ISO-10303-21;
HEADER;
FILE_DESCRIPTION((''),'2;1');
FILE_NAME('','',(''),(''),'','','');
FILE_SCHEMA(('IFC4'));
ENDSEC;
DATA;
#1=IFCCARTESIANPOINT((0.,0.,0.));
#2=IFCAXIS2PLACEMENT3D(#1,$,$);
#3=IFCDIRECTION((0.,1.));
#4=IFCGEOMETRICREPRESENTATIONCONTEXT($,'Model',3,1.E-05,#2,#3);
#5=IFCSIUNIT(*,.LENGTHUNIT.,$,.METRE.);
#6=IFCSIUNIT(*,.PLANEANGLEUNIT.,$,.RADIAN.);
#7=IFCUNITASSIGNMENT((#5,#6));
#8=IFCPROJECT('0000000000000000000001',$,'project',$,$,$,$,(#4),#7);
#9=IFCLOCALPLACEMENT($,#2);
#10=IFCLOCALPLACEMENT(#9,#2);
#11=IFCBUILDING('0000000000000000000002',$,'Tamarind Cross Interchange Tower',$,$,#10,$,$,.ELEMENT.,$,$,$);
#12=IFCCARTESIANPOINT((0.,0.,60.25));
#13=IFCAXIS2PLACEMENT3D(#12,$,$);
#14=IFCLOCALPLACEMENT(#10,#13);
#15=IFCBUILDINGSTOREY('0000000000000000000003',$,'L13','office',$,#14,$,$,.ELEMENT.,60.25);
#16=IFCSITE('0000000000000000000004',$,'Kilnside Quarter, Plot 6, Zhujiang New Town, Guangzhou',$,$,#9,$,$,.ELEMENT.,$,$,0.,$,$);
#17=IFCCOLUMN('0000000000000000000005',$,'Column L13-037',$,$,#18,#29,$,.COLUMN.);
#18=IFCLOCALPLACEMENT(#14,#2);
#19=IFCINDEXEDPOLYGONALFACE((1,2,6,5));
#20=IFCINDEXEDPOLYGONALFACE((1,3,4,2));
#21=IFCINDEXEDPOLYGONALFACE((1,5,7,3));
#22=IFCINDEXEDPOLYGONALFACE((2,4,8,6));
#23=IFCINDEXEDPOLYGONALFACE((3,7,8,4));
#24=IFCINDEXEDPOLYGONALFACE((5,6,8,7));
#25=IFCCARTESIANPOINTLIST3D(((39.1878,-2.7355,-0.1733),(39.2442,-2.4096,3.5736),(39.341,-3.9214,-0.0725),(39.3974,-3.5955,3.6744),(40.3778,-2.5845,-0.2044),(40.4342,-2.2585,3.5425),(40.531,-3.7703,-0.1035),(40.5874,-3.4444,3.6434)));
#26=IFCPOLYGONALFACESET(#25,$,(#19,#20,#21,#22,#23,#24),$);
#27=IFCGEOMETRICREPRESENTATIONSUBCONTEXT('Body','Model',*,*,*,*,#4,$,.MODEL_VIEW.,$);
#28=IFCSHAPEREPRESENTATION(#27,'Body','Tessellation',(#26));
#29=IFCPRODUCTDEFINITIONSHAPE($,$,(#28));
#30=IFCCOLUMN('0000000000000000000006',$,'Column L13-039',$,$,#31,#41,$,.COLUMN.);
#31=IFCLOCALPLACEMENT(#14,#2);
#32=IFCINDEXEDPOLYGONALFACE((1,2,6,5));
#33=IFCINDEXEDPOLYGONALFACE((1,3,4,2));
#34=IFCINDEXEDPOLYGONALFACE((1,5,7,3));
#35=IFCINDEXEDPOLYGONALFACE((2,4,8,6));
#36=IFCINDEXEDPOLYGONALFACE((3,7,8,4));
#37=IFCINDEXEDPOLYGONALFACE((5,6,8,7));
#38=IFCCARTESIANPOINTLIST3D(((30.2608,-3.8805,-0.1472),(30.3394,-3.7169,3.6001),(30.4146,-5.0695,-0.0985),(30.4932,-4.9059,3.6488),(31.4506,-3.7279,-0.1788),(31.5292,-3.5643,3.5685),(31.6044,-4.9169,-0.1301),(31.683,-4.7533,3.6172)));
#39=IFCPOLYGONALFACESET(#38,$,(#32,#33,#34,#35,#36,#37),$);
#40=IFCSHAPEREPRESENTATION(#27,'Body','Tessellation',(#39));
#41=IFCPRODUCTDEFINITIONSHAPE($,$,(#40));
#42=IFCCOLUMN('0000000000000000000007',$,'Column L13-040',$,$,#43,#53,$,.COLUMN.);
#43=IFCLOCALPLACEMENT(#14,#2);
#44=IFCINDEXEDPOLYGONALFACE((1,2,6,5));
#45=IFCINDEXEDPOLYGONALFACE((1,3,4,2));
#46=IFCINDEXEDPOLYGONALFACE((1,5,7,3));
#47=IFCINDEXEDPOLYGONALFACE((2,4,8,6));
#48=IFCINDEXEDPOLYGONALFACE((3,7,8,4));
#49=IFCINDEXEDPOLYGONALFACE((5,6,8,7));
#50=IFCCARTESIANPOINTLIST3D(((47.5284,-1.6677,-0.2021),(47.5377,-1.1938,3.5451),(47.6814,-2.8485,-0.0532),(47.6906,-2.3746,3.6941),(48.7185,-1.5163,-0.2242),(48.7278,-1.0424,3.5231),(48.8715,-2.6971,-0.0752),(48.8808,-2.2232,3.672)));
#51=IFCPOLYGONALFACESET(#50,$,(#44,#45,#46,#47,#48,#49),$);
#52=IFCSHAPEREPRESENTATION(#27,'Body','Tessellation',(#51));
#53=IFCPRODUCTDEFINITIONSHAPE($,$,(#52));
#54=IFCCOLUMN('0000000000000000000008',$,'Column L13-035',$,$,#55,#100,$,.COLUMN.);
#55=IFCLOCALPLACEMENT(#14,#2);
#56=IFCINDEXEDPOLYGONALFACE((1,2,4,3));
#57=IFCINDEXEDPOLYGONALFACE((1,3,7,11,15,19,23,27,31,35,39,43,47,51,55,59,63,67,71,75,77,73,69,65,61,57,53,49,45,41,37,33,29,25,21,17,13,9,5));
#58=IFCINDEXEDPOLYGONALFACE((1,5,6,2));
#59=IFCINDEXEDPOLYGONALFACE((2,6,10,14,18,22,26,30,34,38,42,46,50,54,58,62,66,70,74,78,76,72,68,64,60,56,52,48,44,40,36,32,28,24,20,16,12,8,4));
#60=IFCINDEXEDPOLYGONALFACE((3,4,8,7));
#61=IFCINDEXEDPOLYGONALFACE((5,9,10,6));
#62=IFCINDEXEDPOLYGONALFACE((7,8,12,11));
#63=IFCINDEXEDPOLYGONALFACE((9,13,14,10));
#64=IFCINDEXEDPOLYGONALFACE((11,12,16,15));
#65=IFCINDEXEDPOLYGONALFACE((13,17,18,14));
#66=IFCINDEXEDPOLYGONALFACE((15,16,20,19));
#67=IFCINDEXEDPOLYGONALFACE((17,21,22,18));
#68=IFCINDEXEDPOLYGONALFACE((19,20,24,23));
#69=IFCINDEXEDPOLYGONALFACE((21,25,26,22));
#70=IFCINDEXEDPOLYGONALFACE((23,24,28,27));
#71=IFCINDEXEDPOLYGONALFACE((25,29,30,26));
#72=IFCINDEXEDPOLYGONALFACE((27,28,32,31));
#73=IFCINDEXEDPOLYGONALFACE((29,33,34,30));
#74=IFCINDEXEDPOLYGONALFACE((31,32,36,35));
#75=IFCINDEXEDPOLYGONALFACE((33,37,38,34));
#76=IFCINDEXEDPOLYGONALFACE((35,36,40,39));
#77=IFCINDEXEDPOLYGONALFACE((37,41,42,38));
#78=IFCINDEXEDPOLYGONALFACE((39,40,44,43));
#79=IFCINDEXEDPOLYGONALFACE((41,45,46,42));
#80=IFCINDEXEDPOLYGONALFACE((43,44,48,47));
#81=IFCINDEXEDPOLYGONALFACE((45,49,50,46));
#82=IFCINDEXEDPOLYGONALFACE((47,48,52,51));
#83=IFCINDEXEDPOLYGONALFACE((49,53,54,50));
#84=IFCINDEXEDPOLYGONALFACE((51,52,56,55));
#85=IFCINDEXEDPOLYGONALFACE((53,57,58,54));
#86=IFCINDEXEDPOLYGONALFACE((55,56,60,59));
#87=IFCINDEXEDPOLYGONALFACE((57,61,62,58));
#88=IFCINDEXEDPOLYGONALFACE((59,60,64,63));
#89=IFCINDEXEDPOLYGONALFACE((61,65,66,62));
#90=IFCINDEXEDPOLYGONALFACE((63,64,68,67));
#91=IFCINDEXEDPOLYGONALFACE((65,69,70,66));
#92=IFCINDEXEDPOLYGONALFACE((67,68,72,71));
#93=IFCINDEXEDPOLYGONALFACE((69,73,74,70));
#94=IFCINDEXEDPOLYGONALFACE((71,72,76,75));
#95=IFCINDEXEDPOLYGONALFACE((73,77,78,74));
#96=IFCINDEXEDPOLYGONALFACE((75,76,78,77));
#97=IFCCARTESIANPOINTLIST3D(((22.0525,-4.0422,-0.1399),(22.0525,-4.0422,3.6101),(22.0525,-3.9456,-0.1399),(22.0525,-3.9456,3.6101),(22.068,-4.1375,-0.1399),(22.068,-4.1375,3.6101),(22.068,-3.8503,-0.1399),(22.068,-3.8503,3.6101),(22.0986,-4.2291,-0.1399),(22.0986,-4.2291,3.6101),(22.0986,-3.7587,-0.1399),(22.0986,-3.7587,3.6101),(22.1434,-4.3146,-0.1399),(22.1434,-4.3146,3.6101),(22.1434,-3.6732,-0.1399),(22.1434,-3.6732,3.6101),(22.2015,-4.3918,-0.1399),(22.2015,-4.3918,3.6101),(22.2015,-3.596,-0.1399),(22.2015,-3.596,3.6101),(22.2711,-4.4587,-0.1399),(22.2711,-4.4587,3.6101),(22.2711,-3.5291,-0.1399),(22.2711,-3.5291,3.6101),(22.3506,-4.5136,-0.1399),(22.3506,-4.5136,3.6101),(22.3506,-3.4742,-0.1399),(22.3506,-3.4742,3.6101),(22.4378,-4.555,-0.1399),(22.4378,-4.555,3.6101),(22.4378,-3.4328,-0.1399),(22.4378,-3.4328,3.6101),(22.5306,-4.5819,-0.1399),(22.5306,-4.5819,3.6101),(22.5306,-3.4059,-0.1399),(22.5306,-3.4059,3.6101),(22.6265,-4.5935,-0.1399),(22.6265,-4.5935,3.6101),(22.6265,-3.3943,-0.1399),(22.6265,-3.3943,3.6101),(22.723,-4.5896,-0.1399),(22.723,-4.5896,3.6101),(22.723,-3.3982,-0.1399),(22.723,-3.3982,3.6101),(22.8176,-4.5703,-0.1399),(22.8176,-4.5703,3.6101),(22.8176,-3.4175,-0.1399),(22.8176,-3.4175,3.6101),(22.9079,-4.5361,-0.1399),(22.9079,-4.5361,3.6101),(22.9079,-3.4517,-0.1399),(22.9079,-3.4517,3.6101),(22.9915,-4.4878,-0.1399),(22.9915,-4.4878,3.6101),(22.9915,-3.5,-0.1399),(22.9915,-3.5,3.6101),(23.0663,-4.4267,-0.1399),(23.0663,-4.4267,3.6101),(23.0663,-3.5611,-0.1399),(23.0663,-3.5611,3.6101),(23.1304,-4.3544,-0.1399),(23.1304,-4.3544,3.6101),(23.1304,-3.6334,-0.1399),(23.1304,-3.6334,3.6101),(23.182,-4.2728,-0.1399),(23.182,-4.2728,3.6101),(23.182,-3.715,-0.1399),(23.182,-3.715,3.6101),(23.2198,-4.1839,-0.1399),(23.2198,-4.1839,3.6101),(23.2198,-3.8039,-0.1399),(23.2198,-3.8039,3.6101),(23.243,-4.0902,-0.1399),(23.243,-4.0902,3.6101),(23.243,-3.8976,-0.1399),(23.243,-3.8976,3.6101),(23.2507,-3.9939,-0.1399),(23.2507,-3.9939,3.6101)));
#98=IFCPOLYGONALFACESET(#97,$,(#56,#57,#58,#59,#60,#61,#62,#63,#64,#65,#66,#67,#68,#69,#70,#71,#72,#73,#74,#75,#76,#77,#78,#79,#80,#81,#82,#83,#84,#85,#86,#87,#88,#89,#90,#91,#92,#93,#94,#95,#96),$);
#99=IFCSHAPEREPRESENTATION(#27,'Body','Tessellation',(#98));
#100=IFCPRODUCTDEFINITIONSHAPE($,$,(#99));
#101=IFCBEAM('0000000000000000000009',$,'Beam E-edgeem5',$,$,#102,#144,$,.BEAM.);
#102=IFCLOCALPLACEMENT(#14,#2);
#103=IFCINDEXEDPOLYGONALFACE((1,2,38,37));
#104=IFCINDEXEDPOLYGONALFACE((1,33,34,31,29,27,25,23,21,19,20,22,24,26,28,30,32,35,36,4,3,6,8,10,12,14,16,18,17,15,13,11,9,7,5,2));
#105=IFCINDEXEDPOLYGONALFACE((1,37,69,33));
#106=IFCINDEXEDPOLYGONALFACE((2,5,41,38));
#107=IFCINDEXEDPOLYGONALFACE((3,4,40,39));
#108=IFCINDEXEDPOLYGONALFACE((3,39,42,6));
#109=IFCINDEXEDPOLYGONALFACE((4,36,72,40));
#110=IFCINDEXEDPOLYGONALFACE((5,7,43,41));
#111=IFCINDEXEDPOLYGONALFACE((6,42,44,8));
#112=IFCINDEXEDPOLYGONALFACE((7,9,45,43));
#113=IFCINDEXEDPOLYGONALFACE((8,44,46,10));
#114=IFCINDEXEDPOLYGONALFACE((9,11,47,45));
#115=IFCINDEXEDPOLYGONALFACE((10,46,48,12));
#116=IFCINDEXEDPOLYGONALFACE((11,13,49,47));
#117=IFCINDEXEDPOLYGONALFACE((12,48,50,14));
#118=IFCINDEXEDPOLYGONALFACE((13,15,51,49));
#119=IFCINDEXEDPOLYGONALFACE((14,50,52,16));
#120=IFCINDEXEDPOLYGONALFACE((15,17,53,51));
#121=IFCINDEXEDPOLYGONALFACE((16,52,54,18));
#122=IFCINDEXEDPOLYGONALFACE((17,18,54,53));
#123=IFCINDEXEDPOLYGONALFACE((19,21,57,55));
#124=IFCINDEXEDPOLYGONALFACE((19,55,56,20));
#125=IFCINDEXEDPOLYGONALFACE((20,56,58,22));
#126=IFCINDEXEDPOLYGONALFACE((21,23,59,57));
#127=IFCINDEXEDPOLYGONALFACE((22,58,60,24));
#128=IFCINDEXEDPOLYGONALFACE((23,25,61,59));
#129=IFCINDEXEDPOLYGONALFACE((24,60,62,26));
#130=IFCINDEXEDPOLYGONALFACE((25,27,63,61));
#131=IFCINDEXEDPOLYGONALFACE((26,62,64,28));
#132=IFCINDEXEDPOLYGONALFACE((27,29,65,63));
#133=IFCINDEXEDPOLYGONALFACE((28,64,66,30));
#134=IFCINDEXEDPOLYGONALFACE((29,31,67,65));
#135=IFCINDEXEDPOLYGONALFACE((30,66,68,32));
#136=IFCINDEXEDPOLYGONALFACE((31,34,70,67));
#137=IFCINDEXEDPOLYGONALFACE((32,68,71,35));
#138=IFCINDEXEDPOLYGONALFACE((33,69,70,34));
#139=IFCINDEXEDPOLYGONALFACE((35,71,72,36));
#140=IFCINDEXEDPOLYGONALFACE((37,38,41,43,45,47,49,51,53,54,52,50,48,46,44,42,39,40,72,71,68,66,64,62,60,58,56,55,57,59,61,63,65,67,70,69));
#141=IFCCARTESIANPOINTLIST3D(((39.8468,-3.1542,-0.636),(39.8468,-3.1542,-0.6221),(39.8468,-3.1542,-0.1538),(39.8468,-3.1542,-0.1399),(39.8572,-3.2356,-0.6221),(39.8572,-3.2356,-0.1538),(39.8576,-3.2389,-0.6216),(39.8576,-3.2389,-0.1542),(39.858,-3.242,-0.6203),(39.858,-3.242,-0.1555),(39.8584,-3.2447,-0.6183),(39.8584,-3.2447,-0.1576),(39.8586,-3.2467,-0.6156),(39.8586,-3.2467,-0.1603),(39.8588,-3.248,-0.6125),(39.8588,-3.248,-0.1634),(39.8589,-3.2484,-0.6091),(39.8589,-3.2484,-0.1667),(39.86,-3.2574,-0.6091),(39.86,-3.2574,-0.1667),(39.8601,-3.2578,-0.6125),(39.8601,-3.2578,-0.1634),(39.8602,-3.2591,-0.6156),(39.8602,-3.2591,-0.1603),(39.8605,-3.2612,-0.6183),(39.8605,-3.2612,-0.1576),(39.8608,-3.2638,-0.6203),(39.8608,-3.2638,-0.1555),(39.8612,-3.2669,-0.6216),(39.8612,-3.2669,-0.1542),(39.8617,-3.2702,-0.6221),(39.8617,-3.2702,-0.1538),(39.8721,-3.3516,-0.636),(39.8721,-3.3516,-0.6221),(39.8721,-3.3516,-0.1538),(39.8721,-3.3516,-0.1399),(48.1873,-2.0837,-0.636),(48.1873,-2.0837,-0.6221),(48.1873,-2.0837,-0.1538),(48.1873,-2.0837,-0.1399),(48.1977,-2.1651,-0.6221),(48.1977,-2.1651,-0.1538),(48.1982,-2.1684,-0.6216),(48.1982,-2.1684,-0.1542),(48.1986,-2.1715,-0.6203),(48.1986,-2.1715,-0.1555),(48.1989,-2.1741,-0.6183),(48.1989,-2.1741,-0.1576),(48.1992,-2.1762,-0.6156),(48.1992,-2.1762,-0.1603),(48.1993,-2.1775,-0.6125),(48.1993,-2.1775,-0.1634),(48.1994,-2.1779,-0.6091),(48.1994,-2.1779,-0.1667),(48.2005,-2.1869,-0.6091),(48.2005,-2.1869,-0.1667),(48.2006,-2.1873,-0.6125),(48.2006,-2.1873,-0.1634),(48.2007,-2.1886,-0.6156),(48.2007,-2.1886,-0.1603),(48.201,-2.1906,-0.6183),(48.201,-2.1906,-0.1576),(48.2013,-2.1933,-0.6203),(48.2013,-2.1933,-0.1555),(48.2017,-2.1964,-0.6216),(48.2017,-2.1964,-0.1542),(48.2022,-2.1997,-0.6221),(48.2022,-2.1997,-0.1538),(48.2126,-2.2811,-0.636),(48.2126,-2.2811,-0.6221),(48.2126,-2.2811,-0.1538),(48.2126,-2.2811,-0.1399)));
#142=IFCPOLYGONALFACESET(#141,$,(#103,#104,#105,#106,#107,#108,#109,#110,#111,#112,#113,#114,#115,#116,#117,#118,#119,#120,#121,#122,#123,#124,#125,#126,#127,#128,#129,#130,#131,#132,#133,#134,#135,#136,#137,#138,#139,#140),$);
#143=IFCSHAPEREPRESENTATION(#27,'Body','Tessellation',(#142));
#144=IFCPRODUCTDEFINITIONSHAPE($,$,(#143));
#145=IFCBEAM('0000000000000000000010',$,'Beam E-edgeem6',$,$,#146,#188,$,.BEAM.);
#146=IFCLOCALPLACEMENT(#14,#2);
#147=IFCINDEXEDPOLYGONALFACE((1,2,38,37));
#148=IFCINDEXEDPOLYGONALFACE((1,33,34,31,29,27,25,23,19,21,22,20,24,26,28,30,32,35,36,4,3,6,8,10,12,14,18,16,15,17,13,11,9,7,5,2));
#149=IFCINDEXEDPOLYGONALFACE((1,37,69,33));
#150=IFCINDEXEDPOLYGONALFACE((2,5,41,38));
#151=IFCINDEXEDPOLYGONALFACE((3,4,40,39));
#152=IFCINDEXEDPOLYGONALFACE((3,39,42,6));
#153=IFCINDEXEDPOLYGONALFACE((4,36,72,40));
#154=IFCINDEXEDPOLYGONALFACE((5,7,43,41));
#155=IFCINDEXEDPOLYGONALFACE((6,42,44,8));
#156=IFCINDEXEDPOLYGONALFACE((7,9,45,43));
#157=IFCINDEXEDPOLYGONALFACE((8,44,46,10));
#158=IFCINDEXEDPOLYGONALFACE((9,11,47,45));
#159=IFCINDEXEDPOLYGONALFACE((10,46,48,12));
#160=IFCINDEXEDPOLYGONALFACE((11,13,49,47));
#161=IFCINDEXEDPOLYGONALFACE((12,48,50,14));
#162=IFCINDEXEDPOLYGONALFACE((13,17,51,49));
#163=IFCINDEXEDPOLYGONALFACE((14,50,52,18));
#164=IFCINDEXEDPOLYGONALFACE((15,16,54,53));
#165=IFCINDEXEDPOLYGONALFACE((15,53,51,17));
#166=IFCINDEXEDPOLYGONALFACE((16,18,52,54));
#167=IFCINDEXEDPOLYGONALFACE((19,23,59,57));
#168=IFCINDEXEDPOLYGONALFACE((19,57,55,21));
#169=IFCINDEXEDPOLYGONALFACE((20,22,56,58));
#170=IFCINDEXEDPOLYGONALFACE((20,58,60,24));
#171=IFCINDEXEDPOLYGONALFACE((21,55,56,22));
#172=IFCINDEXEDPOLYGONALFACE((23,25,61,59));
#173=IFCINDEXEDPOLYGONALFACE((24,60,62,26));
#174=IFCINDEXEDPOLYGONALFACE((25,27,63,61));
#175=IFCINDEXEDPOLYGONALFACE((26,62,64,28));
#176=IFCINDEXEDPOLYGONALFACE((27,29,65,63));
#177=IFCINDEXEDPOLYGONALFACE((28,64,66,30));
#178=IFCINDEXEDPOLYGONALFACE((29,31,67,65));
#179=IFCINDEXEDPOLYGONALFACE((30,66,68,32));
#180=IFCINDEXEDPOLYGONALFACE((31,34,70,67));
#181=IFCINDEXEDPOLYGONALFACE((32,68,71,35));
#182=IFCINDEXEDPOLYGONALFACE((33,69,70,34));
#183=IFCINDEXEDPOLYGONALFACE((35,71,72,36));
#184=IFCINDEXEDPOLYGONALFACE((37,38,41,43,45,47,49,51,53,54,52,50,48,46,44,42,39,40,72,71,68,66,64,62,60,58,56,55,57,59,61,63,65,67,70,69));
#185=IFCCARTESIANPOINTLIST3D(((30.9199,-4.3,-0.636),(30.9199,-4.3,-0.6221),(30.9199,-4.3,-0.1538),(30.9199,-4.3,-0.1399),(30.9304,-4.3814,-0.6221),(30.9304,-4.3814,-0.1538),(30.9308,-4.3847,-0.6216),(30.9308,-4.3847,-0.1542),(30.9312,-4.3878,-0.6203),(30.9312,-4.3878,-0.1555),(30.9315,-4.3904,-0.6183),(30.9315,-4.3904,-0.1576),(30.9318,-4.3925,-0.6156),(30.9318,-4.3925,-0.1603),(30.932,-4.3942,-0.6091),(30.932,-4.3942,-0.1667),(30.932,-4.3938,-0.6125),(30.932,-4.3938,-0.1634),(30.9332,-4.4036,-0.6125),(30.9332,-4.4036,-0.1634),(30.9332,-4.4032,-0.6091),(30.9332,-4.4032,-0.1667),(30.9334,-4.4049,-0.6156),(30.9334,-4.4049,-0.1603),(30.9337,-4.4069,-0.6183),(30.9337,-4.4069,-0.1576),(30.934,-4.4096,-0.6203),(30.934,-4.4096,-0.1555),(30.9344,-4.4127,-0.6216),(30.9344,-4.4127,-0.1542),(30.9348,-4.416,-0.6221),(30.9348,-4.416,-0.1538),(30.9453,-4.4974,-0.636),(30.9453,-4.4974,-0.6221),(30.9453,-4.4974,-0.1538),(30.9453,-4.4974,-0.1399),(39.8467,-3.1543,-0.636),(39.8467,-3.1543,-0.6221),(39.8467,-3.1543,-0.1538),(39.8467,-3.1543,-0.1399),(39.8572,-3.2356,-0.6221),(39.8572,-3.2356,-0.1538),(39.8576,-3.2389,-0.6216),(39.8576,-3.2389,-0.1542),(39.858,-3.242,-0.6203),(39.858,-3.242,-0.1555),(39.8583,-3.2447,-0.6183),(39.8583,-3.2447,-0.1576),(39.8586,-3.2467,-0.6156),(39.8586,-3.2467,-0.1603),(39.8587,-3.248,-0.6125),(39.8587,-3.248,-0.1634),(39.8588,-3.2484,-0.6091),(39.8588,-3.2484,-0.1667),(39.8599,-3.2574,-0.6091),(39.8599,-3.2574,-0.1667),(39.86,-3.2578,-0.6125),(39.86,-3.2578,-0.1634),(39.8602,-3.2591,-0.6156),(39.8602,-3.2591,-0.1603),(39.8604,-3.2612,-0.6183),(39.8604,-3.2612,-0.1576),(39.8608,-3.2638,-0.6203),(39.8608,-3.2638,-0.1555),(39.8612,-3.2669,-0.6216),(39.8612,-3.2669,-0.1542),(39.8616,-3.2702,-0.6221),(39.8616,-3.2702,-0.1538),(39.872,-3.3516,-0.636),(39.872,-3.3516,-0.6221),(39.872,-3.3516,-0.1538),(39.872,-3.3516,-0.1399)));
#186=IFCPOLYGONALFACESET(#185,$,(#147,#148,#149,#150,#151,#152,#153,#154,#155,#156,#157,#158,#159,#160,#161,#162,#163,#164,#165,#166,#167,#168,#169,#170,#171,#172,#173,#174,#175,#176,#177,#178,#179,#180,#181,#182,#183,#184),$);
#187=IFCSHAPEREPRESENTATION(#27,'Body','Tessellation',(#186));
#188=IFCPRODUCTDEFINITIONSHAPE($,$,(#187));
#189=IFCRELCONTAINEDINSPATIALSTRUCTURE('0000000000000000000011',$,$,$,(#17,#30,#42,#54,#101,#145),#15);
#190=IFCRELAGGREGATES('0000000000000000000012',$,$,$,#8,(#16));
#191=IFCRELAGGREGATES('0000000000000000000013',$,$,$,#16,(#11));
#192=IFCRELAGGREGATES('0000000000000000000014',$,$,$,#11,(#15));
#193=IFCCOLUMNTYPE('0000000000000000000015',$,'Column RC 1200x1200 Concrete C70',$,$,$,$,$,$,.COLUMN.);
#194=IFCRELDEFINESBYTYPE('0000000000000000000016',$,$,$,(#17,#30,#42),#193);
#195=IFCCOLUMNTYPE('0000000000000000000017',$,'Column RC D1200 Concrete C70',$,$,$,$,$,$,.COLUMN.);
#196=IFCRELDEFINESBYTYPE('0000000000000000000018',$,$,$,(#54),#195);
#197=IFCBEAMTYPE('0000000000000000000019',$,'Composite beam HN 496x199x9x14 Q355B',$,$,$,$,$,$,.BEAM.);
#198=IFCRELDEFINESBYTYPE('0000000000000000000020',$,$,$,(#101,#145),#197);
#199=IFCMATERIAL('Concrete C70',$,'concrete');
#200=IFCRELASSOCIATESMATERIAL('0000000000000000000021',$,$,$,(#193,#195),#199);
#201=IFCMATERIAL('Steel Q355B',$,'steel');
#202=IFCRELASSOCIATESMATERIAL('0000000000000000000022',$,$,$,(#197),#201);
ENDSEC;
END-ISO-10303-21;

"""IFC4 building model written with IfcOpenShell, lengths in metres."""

from ifc_helpers import new_model, si_unit, direction, frame, origin, origin_2d, place, context, subcontext, project, spatial, rectangle, circle, i_section, extrude, material, material_profile, profile_set, type_object, element, save


model = new_model("IFC4")

# Units and contexts
model_context = context("Model", 3, precision=1e-05, world=origin(), true_north=direction((0.0, 1.0)))
body_context = subcontext(model_context, "Body", "Model", "MODEL_VIEW")
ifc_project = project(units=[si_unit("LENGTHUNIT", "METRE"), si_unit("PLANEANGLEUNIT", "RADIAN")], contexts=[model_context])

# Site, building, storey
site_placement = place(None, origin())
site = spatial("IfcSite", under=ifc_project, at=site_placement, Name="Kilnside Quarter, Plot 6, Zhujiang New Town, Guangzhou", CompositionType="ELEMENT", RefElevation=0.0)
building_placement = place(site_placement, origin())
building = spatial("IfcBuilding", under=site, at=building_placement, Name="Tamarind Cross Interchange Tower", CompositionType="ELEMENT")
storey_placement = place(building_placement, frame((0.0, 0.0, 60.25)))
storey = spatial("IfcBuildingStorey", under=building, at=storey_placement, Name="L13", Description="office", CompositionType="ELEMENT", Elevation=60.25)

# Columns
ifc_material_1 = material(Name="Concrete C70", Category="concrete")
ifc_material_profile_1 = material_profile(ifc_material_1, rectangle(XDim=1.2, YDim=1.2, at=origin_2d()), Name="RC 1200x1200")
ifc_profile_set_1 = profile_set([ifc_material_profile_1], Name="Concrete C70")
column_type_1 = type_object("IfcColumnType", Name="Column RC 1200x1200 Concrete C70", PredefinedType="COLUMN", material=ifc_profile_set_1)
column_1_placement = place(storey_placement, frame((39.8594, -3.2529, -0.1384), z_axis=(0.014993, 0.086651, 0.996126), x_axis=(-0.991706, -0.125892, 0.025878)))
element("IfcColumn", 1, at=column_1_placement, inside=storey, type_object=column_type_1, Name="Column L13-037", PredefinedType="COLUMN", context=body_context, shape_type="SweptSolid", body=[
    extrude(rectangle(XDim=1.2, YDim=1.2, at=origin_2d()), origin(), (0.0, 0.0, 1.0), 3.7615),
])
column_2_placement = place(storey_placement, frame((30.9326, -4.3987, -0.1387), z_axis=(0.020954, 0.0436, 0.998829), x_axis=(-0.991531, -0.12717, 0.026352)))
element("IfcColumn", 2, at=column_2_placement, inside=storey, type_object=column_type_1, Name="Column L13-039", PredefinedType="COLUMN", context=body_context, shape_type="SweptSolid", body=[
    extrude(rectangle(XDim=1.2, YDim=1.2, at=origin_2d()), origin(), (0.0, 0.0, 1.0), 3.7517),
])
column_3_placement = place(storey_placement, frame((48.2, -2.1824, -0.1387), z_axis=(0.002456, 0.125458, 0.992096), x_axis=(-0.991838, -0.126166, 0.01841)))
element("IfcColumn", 3, at=column_3_placement, inside=storey, type_object=column_type_1, Name="Column L13-040", PredefinedType="COLUMN", context=body_context, shape_type="SweptSolid", body=[
    extrude(rectangle(XDim=1.2, YDim=1.2, at=origin_2d()), origin(), (0.0, 0.0, 1.0), 3.7771),
])
ifc_material_profile_2 = material_profile(ifc_material_1, circle(Radius=0.6001, at=origin_2d()), Name="RC D1200")
ifc_profile_set_2 = profile_set([ifc_material_profile_2], Name="Concrete C70")
column_type_2 = type_object("IfcColumnType", Name="Column RC D1200 Concrete C70", PredefinedType="COLUMN", material=ifc_profile_set_2)
column_4_placement = place(storey_placement, frame((22.6506, -3.9939, -0.1399), z_axis=(0.0, 0.0, 1.0), x_axis=(1.0, 0.0, 0.0)))
element("IfcColumn", 4, at=column_4_placement, inside=storey, type_object=column_type_2, Name="Column L13-035", PredefinedType="COLUMN", context=body_context, shape_type="SweptSolid", body=[
    extrude(circle(Radius=0.6001, at=origin_2d()), origin(), (0.0, 0.0, 1.0), 3.75),
])

# Beams
ifc_material_2 = material(Name="Steel Q355B", Category="steel")
ifc_material_profile_3 = material_profile(ifc_material_2, i_section(OverallWidth=0.199, OverallDepth=0.4961, WebThickness=0.009, FlangeThickness=0.0139, FilletRadius=0.0129, at=origin_2d()), Name="HN 496x199x9x14")
ifc_profile_set_3 = profile_set([ifc_material_profile_3], Name="Steel Q355B")
beam_type_1 = type_object("IfcBeamType", Name="Composite beam HN 496x199x9x14 Q355B", PredefinedType="BEAM", material=ifc_profile_set_3)
beam_1_placement = place(storey_placement, frame((48.2, -2.1824, -0.3879), z_axis=(-0.991863, -0.127311, 0.0), x_axis=(0.127311, -0.991863, 0.0)))
element("IfcBeam", 5, at=beam_1_placement, inside=storey, type_object=beam_type_1, Name="Beam E-edgeem5", PredefinedType="BEAM", context=body_context, shape_type="SweptSolid", body=[
    extrude(i_section(OverallWidth=0.199, OverallDepth=0.4961, WebThickness=0.009, FlangeThickness=0.0139, FilletRadius=0.0129, at=origin_2d()), origin(), (0.0, 0.0, 1.0), 8.4089),
])
beam_2_placement = place(storey_placement, frame((39.8594, -3.2529, -0.3879), z_axis=(-0.991863, -0.127306, 0.0), x_axis=(0.127306, -0.991863, 0.0)))
element("IfcBeam", 6, at=beam_2_placement, inside=storey, type_object=beam_type_1, Name="Beam E-edgeem6", PredefinedType="BEAM", context=body_context, shape_type="SweptSolid", body=[
    extrude(i_section(OverallWidth=0.199, OverallDepth=0.4961, WebThickness=0.009, FlangeThickness=0.0139, FilletRadius=0.0129, at=origin_2d()), origin(), (0.0, 0.0, 1.0), 9.0),
])

save(model, "model.ifc")
